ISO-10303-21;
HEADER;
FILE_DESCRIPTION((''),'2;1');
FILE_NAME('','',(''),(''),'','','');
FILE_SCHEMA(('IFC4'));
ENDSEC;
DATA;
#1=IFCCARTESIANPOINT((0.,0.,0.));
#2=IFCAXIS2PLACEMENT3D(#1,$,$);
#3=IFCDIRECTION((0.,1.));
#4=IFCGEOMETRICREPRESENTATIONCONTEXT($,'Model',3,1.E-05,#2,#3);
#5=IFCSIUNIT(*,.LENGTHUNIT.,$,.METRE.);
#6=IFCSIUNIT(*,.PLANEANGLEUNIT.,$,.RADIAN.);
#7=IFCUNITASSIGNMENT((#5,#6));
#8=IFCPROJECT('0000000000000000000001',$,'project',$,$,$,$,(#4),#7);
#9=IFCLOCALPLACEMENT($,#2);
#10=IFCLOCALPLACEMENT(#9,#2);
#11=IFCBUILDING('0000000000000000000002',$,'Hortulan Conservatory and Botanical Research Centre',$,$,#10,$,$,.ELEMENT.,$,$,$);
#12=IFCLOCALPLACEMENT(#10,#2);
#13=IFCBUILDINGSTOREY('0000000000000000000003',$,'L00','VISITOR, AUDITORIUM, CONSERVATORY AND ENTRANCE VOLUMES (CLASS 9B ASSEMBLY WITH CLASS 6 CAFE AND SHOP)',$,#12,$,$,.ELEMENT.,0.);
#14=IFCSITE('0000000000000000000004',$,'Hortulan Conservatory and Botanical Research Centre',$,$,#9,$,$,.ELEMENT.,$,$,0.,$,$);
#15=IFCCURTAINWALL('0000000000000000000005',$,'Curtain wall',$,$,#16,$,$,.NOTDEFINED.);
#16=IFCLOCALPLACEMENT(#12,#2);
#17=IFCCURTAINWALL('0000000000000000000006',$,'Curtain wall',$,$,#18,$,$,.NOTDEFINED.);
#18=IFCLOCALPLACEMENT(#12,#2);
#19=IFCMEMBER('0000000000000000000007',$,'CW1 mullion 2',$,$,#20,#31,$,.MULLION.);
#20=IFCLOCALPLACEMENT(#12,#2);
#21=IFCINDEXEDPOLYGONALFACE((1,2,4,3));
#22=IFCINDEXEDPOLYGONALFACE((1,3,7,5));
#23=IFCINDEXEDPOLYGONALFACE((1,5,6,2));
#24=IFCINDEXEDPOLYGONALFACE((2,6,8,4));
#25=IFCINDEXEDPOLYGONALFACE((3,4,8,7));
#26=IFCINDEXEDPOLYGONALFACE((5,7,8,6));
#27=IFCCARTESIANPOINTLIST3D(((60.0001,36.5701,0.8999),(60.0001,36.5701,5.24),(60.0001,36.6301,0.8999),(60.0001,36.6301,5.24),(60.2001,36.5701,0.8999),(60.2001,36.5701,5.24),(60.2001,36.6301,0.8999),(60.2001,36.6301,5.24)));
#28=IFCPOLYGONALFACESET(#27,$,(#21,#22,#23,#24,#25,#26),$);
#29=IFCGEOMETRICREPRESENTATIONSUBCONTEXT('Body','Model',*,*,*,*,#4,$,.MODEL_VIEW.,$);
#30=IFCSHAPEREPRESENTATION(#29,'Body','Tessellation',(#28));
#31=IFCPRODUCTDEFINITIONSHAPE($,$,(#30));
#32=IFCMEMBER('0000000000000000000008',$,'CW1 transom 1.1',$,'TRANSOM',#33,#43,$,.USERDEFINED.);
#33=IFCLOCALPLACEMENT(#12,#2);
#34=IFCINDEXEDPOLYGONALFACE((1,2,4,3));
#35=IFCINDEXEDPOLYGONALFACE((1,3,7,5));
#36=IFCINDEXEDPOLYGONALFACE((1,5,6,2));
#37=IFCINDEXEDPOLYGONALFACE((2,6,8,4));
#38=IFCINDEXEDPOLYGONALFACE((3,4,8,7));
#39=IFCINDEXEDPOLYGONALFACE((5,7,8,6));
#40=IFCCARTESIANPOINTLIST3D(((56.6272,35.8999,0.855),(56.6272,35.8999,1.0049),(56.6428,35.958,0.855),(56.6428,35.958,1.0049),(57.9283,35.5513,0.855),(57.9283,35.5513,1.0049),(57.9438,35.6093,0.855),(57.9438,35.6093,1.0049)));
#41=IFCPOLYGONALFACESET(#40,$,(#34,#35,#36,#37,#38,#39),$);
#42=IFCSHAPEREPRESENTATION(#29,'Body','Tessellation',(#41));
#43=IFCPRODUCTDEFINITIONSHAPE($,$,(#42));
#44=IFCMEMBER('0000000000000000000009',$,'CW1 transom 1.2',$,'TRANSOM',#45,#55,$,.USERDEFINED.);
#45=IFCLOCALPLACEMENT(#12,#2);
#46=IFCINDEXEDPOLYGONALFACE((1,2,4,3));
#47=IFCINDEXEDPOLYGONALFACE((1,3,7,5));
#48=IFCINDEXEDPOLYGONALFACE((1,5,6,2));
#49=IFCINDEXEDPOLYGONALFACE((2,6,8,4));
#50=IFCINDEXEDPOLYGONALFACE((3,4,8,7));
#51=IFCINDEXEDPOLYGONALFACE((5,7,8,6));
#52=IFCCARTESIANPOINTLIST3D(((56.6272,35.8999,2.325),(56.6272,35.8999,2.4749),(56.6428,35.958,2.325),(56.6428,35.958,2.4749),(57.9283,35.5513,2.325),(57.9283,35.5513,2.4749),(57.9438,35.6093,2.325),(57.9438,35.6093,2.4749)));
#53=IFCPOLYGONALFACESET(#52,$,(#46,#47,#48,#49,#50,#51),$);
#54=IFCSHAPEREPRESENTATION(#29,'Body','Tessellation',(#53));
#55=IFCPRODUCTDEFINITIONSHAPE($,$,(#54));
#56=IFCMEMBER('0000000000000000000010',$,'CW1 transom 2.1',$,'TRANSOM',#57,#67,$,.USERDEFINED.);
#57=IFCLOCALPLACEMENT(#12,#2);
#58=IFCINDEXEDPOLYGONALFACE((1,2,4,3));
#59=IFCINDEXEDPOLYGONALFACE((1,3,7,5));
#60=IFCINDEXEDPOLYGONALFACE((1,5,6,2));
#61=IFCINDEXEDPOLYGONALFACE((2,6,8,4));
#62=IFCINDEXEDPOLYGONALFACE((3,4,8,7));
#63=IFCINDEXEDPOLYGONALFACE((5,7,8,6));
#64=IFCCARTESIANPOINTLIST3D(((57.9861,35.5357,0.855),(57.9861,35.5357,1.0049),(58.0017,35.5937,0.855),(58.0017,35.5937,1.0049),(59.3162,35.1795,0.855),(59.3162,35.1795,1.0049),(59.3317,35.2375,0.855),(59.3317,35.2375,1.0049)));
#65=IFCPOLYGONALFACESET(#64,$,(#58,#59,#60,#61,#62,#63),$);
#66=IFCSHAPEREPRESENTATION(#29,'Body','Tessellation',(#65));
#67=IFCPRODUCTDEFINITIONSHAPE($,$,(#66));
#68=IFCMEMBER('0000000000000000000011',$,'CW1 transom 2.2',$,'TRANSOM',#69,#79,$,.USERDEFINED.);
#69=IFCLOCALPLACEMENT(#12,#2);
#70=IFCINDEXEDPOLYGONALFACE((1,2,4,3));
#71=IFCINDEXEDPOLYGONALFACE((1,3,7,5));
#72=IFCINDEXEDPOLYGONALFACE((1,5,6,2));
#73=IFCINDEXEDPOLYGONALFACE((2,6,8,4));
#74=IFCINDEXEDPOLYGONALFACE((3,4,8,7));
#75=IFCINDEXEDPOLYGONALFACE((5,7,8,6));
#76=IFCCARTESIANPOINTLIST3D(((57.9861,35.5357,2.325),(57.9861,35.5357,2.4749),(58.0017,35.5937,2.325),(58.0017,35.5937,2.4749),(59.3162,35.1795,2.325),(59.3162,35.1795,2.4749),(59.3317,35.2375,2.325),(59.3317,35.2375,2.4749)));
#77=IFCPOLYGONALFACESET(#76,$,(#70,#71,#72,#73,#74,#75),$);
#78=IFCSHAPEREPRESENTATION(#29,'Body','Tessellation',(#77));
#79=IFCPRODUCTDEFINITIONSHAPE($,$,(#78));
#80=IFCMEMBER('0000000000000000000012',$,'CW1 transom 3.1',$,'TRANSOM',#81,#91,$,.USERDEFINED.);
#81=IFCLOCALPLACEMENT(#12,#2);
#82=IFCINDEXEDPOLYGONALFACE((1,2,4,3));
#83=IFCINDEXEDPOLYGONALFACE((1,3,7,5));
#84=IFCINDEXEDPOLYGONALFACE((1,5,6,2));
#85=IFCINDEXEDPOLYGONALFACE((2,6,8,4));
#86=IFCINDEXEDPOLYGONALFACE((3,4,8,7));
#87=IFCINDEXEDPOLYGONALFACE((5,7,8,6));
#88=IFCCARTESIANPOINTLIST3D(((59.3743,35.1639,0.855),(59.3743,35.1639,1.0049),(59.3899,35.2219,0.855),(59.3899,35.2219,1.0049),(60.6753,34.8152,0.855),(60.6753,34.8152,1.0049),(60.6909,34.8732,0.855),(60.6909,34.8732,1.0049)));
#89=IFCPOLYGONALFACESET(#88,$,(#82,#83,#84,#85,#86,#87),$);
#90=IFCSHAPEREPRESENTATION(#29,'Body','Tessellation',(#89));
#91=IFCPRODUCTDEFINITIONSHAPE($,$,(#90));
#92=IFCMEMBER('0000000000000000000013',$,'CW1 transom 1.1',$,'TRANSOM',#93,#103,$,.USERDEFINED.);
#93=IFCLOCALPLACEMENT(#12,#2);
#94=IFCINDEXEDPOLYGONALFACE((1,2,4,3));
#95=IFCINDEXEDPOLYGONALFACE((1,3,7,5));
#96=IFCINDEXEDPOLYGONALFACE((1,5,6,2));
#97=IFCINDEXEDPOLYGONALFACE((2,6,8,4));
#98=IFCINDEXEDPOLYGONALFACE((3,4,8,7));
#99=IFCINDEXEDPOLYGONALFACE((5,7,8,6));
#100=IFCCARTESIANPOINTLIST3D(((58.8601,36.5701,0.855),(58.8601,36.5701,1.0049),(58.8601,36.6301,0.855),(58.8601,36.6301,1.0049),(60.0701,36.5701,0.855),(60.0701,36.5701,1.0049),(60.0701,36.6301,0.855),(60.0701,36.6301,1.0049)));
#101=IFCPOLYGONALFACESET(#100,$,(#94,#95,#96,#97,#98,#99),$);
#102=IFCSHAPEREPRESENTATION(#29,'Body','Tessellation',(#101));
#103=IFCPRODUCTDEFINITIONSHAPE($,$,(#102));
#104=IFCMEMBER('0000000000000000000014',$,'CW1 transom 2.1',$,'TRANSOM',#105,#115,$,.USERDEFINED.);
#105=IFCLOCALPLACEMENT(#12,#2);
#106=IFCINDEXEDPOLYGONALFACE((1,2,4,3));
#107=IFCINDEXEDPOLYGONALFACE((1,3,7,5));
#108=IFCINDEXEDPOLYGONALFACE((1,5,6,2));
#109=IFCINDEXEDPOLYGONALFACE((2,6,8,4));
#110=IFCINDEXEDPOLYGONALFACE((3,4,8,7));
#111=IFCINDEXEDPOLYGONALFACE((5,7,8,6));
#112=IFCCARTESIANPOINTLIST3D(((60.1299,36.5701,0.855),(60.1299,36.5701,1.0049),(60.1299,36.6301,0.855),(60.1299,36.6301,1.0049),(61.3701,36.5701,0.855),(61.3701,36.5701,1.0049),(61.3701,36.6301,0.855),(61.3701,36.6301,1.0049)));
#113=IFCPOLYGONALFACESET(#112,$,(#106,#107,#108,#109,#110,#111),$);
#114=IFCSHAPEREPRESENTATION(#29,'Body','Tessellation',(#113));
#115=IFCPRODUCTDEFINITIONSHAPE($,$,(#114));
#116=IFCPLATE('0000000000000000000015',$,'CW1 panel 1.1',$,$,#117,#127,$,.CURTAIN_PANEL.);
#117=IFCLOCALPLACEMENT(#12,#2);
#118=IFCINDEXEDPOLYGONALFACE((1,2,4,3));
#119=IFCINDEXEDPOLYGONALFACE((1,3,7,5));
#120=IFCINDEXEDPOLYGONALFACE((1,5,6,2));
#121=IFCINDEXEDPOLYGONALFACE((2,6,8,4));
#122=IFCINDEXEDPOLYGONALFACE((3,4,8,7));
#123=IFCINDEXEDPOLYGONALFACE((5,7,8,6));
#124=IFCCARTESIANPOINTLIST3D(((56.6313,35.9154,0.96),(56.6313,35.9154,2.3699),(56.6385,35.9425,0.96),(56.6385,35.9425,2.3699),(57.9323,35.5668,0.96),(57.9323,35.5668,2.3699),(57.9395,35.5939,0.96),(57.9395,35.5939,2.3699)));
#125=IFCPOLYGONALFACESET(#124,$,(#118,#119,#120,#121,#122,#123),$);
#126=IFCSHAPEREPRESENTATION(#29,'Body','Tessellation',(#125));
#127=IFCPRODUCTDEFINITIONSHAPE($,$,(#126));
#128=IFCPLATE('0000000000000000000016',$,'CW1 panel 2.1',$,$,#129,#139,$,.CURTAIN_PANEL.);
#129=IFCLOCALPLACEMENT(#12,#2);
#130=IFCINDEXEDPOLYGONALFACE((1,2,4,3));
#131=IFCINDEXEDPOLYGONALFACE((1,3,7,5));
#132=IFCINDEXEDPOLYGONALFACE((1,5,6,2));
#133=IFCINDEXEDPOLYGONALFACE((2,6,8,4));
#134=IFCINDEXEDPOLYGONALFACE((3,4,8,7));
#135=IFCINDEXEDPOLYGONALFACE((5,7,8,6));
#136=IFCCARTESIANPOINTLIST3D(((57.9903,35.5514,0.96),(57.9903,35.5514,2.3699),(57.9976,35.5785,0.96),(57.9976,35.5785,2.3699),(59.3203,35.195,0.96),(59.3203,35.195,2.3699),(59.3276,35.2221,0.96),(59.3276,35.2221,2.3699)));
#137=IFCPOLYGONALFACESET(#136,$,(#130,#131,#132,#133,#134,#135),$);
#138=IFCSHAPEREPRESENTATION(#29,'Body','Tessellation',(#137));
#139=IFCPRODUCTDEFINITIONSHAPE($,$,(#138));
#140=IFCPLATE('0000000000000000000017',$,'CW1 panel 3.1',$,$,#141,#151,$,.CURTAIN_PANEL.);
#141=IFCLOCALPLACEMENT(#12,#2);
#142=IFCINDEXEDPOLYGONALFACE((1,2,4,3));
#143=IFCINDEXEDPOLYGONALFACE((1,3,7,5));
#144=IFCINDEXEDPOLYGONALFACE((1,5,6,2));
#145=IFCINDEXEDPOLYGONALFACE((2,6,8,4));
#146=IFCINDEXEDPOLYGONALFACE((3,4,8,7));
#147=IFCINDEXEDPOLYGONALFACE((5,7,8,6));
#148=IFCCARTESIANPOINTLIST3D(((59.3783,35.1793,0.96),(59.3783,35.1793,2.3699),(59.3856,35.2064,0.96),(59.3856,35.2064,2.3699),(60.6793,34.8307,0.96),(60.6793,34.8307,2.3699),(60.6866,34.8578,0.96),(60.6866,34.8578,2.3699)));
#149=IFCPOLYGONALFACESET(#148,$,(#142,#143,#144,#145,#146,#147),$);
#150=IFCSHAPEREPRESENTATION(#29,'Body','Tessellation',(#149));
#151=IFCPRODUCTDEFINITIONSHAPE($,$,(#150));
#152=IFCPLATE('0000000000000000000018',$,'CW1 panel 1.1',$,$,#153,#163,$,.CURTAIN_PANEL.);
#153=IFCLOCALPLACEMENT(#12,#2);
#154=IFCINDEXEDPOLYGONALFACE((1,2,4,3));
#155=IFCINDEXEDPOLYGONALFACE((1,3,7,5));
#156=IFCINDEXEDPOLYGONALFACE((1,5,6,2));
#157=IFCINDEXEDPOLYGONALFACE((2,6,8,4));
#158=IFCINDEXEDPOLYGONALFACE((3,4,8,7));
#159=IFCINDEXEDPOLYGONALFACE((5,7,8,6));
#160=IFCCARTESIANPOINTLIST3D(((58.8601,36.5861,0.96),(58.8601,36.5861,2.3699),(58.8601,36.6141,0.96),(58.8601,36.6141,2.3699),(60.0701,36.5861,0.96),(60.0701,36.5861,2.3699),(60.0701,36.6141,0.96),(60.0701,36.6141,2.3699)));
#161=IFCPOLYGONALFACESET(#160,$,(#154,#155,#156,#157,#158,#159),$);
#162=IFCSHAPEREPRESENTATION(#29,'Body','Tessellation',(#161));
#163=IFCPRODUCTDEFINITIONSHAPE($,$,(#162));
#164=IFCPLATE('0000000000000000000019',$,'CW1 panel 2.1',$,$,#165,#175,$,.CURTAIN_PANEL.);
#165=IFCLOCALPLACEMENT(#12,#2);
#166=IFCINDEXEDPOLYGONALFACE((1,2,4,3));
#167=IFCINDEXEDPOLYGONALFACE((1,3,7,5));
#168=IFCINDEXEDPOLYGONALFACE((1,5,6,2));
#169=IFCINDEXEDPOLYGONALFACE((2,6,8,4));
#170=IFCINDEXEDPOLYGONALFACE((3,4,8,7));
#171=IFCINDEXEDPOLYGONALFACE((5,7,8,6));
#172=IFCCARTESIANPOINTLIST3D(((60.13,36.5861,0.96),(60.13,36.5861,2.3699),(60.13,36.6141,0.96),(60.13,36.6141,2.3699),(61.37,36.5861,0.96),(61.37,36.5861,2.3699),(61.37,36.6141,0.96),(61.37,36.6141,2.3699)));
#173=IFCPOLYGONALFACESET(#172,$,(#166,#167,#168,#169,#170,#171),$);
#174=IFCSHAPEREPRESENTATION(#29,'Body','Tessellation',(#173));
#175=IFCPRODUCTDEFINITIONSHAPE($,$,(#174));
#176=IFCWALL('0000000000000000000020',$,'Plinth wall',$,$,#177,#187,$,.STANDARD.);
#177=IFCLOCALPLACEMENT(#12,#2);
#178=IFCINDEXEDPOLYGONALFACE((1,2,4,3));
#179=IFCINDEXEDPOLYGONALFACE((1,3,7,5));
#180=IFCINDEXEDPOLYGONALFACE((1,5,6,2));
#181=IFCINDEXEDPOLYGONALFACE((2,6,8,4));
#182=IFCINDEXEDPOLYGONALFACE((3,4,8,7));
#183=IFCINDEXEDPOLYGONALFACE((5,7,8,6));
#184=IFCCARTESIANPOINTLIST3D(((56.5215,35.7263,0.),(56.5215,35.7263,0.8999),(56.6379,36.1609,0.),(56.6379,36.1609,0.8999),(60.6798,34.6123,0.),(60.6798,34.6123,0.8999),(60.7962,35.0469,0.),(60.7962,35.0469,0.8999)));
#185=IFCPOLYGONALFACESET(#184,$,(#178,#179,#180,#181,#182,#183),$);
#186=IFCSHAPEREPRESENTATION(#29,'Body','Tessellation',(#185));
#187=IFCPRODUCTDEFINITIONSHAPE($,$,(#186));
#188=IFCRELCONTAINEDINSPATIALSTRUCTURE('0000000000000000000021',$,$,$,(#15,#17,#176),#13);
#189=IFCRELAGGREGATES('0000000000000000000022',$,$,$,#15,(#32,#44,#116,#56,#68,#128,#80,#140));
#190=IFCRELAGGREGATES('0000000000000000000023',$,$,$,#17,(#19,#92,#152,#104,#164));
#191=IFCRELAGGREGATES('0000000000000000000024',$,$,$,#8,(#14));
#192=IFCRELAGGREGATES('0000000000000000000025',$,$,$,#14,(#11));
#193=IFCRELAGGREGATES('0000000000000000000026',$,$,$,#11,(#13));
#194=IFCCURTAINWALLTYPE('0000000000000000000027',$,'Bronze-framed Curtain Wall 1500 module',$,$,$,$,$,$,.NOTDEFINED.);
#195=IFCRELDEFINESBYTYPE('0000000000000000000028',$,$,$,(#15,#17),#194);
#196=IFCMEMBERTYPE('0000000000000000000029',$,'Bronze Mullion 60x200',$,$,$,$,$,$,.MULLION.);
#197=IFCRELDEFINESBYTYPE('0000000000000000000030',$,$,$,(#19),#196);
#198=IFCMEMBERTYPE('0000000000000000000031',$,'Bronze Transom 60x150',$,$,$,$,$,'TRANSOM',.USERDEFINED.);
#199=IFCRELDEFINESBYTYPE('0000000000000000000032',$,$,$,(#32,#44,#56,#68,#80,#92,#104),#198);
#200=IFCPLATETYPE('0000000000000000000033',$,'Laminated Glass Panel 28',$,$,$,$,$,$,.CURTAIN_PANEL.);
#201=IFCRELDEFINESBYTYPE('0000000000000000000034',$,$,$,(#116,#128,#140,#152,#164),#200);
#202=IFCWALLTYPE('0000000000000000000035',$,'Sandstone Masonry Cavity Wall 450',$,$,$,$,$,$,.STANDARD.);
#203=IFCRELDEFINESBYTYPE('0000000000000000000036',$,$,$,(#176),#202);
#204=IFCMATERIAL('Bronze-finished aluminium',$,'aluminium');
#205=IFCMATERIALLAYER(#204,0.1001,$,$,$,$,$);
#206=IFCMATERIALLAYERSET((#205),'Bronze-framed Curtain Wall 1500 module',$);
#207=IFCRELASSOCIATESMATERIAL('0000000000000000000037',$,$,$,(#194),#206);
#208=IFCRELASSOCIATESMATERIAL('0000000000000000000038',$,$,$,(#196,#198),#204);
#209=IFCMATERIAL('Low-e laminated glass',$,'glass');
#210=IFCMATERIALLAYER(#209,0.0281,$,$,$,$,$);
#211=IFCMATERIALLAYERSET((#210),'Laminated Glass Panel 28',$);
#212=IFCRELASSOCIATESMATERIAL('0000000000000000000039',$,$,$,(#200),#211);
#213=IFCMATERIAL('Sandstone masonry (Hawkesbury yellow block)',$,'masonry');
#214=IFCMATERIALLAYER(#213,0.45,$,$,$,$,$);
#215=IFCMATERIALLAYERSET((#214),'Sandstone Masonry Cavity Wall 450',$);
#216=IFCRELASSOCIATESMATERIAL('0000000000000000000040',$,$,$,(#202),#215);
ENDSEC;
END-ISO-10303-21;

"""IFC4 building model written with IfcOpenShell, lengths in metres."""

from ifc_helpers import new_model, si_unit, direction, frame, frame_2d, origin, origin_2d, place, context, subcontext, project, spatial, rectangle, extrude, material, layer, layer_set, material_profile, profile_set, type_object, element, aggregate, save


model = new_model("IFC4")

# Units and contexts
model_context = context("Model", 3, precision=1e-05, world=origin(), true_north=direction((0.0, 1.0)))
body_context = subcontext(model_context, "Body", "Model", "MODEL_VIEW")
ifc_project = project(units=[si_unit("LENGTHUNIT", "METRE"), si_unit("PLANEANGLEUNIT", "RADIAN")], contexts=[model_context])

# Site, building, storey
site_placement = place(None, origin())
site = spatial("IfcSite", under=ifc_project, at=site_placement, Name="Hortulan Conservatory and Botanical Research Centre", CompositionType="ELEMENT", RefElevation=0.0)
building_placement = place(site_placement, origin())
building = spatial("IfcBuilding", under=site, at=building_placement, Name="Hortulan Conservatory and Botanical Research Centre", CompositionType="ELEMENT")
storey_placement = place(building_placement, origin())
storey = spatial("IfcBuildingStorey", under=building, at=storey_placement, Name="L00", Description="VISITOR, AUDITORIUM, CONSERVATORY AND ENTRANCE VOLUMES (CLASS 9B ASSEMBLY WITH CLASS 6 CAFE AND SHOP)", CompositionType="ELEMENT", Elevation=0.0)

# Curtain walls, member
ifc_material_1 = material(Name="Bronze-finished aluminium", Category="aluminium")
ifc_layer_1 = layer(ifc_material_1, 0.1001)
ifc_layer_set_1 = layer_set([ifc_layer_1], Name="Bronze-framed Curtain Wall 1500 module")
curtain_wall_type = type_object("IfcCurtainWallType", Name="Bronze-framed Curtain Wall 1500 module", PredefinedType="NOTDEFINED", material=ifc_layer_set_1)
curtain_wall_1_placement = place(storey_placement, origin())
curtain_wall_1 = element("IfcCurtainWall", 1, at=curtain_wall_1_placement, inside=storey, type_object=curtain_wall_type, Name="Curtain wall", PredefinedType="NOTDEFINED")
ifc_material_profile_1 = material_profile(ifc_material_1, rectangle(XDim=0.0601, YDim=0.2, at=origin_2d()), Name="Bronze Mullion 60x200")
ifc_profile_set_1 = profile_set([ifc_material_profile_1], Name="Bronze-finished aluminium")
member_type_1 = type_object("IfcMemberType", Name="Bronze Mullion 60x200", PredefinedType="MULLION", material=ifc_profile_set_1)
curtain_wall_2_placement = place(storey_placement, origin())
curtain_wall_2 = element("IfcCurtainWall", 2, at=curtain_wall_2_placement, inside=storey, type_object=curtain_wall_type, Name="Curtain wall", PredefinedType="NOTDEFINED")
member_1_placement = place(storey_placement, frame((60.1001, 36.6001, 0.8999), z_axis=(0.0, 0.0, 1.0), x_axis=(0.0, 1.0, 0.0)))
member_1 = element("IfcMember", 3, at=member_1_placement, type_object=member_type_1, Name="CW1 mullion 2", PredefinedType="MULLION", context=body_context, shape_type="SweptSolid", body=[
    extrude(rectangle(XDim=0.0601, YDim=0.2, at=origin_2d()), origin(), (0.0, 0.0, 1.0), 4.3401),
])

# Members
ifc_material_profile_2 = material_profile(ifc_material_1, rectangle(XDim=0.0601, YDim=0.1499, at=origin_2d()), Name="Bronze Transom 60x150")
ifc_profile_set_2 = profile_set([ifc_material_profile_2], Name="Bronze-finished aluminium")
member_type_2 = type_object("IfcMemberType", Name="Bronze Transom 60x150", ElementType="TRANSOM", PredefinedType="USERDEFINED", material=ifc_profile_set_2)
member_2_placement = place(storey_placement, frame((56.635, 35.929, 0.9299), z_axis=(0.965921, -0.258836, 0.0), x_axis=(0.258836, 0.965921, 0.0)))
member_2 = element("IfcMember", 4, at=member_2_placement, type_object=member_type_2, Name="CW1 transom 1.1", ObjectType="TRANSOM", PredefinedType="USERDEFINED", context=body_context, shape_type="SweptSolid", body=[
    extrude(rectangle(XDim=0.0601, YDim=0.1499, at=origin_2d()), origin(), (0.0, 0.0, 1.0), 1.3469),
])
member_3_placement = place(storey_placement, frame((56.635, 35.929, 2.3999), z_axis=(0.965921, -0.258836, 0.0), x_axis=(0.258836, 0.965921, 0.0)))
member_3 = element("IfcMember", 5, at=member_3_placement, type_object=member_type_2, Name="CW1 transom 1.2", ObjectType="TRANSOM", PredefinedType="USERDEFINED", context=body_context, shape_type="SweptSolid", body=[
    extrude(rectangle(XDim=0.0601, YDim=0.1499, at=origin_2d()), origin(), (0.0, 0.0, 1.0), 1.3469),
])
member_4_placement = place(storey_placement, frame((57.9939, 35.5647, 0.9299), z_axis=(0.965961, -0.258689, 0.0), x_axis=(0.258689, 0.965961, 0.0)))
member_4 = element("IfcMember", 6, at=member_4_placement, type_object=member_type_2, Name="CW1 transom 2.1", ObjectType="TRANSOM", PredefinedType="USERDEFINED", context=body_context, shape_type="SweptSolid", body=[
    extrude(rectangle(XDim=0.0601, YDim=0.1499, at=origin_2d()), origin(), (0.0, 0.0, 1.0), 1.377),
])
member_5_placement = place(storey_placement, frame((57.9939, 35.5647, 2.3999), z_axis=(0.965961, -0.258689, 0.0), x_axis=(0.258689, 0.965961, 0.0)))
member_5 = element("IfcMember", 7, at=member_5_placement, type_object=member_type_2, Name="CW1 transom 2.2", ObjectType="TRANSOM", PredefinedType="USERDEFINED", context=body_context, shape_type="SweptSolid", body=[
    extrude(rectangle(XDim=0.0601, YDim=0.1499, at=origin_2d()), origin(), (0.0, 0.0, 1.0), 1.377),
])
member_6_placement = place(storey_placement, frame((59.3821, 35.1929, 0.9299), z_axis=(0.965921, -0.258836, 0.0), x_axis=(0.258836, 0.965921, 0.0)))
member_6 = element("IfcMember", 8, at=member_6_placement, type_object=member_type_2, Name="CW1 transom 3.1", ObjectType="TRANSOM", PredefinedType="USERDEFINED", context=body_context, shape_type="SweptSolid", body=[
    extrude(rectangle(XDim=0.0601, YDim=0.1499, at=origin_2d()), origin(), (0.0, 0.0, 1.0), 1.3469),
])
member_7_placement = place(storey_placement, frame((58.8601, 36.6001, 0.9299), z_axis=(1.0, 0.0, 0.0), x_axis=(0.0, 1.0, 0.0)))
member_7 = element("IfcMember", 9, at=member_7_placement, type_object=member_type_2, Name="CW1 transom 1.1", ObjectType="TRANSOM", PredefinedType="USERDEFINED", context=body_context, shape_type="SweptSolid", body=[
    extrude(rectangle(XDim=0.0601, YDim=0.1499, at=origin_2d()), origin(), (0.0, 0.0, 1.0), 1.21),
])
member_8_placement = place(storey_placement, frame((60.1299, 36.6001, 0.9299), z_axis=(1.0, 0.0, 0.0), x_axis=(0.0, 1.0, 0.0)))
member_8 = element("IfcMember", 10, at=member_8_placement, type_object=member_type_2, Name="CW1 transom 2.1", ObjectType="TRANSOM", PredefinedType="USERDEFINED", context=body_context, shape_type="SweptSolid", body=[
    extrude(rectangle(XDim=0.0601, YDim=0.1499, at=origin_2d()), origin(), (0.0, 0.0, 1.0), 1.2402),
])

# Plates
ifc_material_2 = material(Name="Low-e laminated glass", Category="glass")
ifc_layer_2 = layer(ifc_material_2, 0.0281)
ifc_layer_set_2 = layer_set([ifc_layer_2], Name="Laminated Glass Panel 28")
plate_type = type_object("IfcPlateType", Name="Laminated Glass Panel 28", PredefinedType="CURTAIN_PANEL", material=ifc_layer_set_2)
plate_1_placement = place(storey_placement, frame((57.2854, 35.7546, 0.96), z_axis=(0.0, 0.0, 1.0), x_axis=(0.965922, -0.258832, 0.0)))
plate_1 = element("IfcPlate", 11, at=plate_1_placement, type_object=plate_type, Name="CW1 panel 1.1", PredefinedType="CURTAIN_PANEL", context=body_context, shape_type="SweptSolid", body=[
    extrude(rectangle(XDim=1.3469, YDim=0.0281, at=origin_2d()), origin(), (0.0, 0.0, 1.0), 1.4099),
])
plate_2_placement = place(storey_placement, frame((58.6589, 35.3867, 0.96), z_axis=(0.0, 0.0, 1.0), x_axis=(0.965922, -0.258832, 0.0)))
plate_2 = element("IfcPlate", 12, at=plate_2_placement, type_object=plate_type, Name="CW1 panel 2.1", PredefinedType="CURTAIN_PANEL", context=body_context, shape_type="SweptSolid", body=[
    extrude(rectangle(XDim=1.377, YDim=0.0281, at=origin_2d()), origin(), (0.0, 0.0, 1.0), 1.4099),
])
plate_3_placement = place(storey_placement, frame((60.0325, 35.0186, 0.96), z_axis=(0.0, 0.0, 1.0), x_axis=(0.965922, -0.258832, 0.0)))
plate_3 = element("IfcPlate", 13, at=plate_3_placement, type_object=plate_type, Name="CW1 panel 3.1", PredefinedType="CURTAIN_PANEL", context=body_context, shape_type="SweptSolid", body=[
    extrude(rectangle(XDim=1.3469, YDim=0.0281, at=origin_2d()), origin(), (0.0, 0.0, 1.0), 1.4099),
])
aggregate(curtain_wall_1, [member_2, member_3, plate_1, member_4, member_5, plate_2, member_6, plate_3])
plate_4_placement = place(storey_placement, frame((59.4651, 36.6001, 0.96), z_axis=(0.0, 0.0, 1.0), x_axis=(1.0, 0.0, 0.0)))
plate_4 = element("IfcPlate", 14, at=plate_4_placement, type_object=plate_type, Name="CW1 panel 1.1", PredefinedType="CURTAIN_PANEL", context=body_context, shape_type="SweptSolid", body=[
    extrude(rectangle(XDim=1.21, YDim=0.0281, at=origin_2d()), origin(), (0.0, 0.0, 1.0), 1.4099),
])
plate_5_placement = place(storey_placement, frame((60.75, 36.6001, 0.96), z_axis=(0.0, 0.0, 1.0), x_axis=(1.0, 0.0, 0.0)))
plate_5 = element("IfcPlate", 15, at=plate_5_placement, type_object=plate_type, Name="CW1 panel 2.1", PredefinedType="CURTAIN_PANEL", context=body_context, shape_type="SweptSolid", body=[
    extrude(rectangle(XDim=1.24, YDim=0.0281, at=origin_2d()), origin(), (0.0, 0.0, 1.0), 1.4099),
])
aggregate(curtain_wall_2, [member_1, member_7, plate_4, member_8, plate_5])

# Wall
ifc_material_3 = material(Name="Sandstone masonry (Hawkesbury yellow block)", Category="masonry")
ifc_layer_3 = layer(ifc_material_3, 0.45)
ifc_layer_set_3 = layer_set([ifc_layer_3], Name="Sandstone Masonry Cavity Wall 450")
wall_type = type_object("IfcWallType", Name="Sandstone Masonry Cavity Wall 450", PredefinedType="STANDARD", material=ifc_layer_set_3)
wall_1_placement = place(storey_placement, frame((56.5798, 35.9436, 0.0), z_axis=(0.0, 0.0, 1.0), x_axis=(0.965936, -0.258781, 0.0)))
element("IfcWall", 16, at=wall_1_placement, inside=storey, type_object=wall_type, Name="Plinth wall", PredefinedType="STANDARD", context=body_context, shape_type="SweptSolid", body=[
    extrude(rectangle(XDim=4.3049, YDim=0.45, at=frame_2d((2.1523, 0.0))), origin(), (0.0, 0.0, 1.0), 0.8999),
])

save(model, "model.ifc")
